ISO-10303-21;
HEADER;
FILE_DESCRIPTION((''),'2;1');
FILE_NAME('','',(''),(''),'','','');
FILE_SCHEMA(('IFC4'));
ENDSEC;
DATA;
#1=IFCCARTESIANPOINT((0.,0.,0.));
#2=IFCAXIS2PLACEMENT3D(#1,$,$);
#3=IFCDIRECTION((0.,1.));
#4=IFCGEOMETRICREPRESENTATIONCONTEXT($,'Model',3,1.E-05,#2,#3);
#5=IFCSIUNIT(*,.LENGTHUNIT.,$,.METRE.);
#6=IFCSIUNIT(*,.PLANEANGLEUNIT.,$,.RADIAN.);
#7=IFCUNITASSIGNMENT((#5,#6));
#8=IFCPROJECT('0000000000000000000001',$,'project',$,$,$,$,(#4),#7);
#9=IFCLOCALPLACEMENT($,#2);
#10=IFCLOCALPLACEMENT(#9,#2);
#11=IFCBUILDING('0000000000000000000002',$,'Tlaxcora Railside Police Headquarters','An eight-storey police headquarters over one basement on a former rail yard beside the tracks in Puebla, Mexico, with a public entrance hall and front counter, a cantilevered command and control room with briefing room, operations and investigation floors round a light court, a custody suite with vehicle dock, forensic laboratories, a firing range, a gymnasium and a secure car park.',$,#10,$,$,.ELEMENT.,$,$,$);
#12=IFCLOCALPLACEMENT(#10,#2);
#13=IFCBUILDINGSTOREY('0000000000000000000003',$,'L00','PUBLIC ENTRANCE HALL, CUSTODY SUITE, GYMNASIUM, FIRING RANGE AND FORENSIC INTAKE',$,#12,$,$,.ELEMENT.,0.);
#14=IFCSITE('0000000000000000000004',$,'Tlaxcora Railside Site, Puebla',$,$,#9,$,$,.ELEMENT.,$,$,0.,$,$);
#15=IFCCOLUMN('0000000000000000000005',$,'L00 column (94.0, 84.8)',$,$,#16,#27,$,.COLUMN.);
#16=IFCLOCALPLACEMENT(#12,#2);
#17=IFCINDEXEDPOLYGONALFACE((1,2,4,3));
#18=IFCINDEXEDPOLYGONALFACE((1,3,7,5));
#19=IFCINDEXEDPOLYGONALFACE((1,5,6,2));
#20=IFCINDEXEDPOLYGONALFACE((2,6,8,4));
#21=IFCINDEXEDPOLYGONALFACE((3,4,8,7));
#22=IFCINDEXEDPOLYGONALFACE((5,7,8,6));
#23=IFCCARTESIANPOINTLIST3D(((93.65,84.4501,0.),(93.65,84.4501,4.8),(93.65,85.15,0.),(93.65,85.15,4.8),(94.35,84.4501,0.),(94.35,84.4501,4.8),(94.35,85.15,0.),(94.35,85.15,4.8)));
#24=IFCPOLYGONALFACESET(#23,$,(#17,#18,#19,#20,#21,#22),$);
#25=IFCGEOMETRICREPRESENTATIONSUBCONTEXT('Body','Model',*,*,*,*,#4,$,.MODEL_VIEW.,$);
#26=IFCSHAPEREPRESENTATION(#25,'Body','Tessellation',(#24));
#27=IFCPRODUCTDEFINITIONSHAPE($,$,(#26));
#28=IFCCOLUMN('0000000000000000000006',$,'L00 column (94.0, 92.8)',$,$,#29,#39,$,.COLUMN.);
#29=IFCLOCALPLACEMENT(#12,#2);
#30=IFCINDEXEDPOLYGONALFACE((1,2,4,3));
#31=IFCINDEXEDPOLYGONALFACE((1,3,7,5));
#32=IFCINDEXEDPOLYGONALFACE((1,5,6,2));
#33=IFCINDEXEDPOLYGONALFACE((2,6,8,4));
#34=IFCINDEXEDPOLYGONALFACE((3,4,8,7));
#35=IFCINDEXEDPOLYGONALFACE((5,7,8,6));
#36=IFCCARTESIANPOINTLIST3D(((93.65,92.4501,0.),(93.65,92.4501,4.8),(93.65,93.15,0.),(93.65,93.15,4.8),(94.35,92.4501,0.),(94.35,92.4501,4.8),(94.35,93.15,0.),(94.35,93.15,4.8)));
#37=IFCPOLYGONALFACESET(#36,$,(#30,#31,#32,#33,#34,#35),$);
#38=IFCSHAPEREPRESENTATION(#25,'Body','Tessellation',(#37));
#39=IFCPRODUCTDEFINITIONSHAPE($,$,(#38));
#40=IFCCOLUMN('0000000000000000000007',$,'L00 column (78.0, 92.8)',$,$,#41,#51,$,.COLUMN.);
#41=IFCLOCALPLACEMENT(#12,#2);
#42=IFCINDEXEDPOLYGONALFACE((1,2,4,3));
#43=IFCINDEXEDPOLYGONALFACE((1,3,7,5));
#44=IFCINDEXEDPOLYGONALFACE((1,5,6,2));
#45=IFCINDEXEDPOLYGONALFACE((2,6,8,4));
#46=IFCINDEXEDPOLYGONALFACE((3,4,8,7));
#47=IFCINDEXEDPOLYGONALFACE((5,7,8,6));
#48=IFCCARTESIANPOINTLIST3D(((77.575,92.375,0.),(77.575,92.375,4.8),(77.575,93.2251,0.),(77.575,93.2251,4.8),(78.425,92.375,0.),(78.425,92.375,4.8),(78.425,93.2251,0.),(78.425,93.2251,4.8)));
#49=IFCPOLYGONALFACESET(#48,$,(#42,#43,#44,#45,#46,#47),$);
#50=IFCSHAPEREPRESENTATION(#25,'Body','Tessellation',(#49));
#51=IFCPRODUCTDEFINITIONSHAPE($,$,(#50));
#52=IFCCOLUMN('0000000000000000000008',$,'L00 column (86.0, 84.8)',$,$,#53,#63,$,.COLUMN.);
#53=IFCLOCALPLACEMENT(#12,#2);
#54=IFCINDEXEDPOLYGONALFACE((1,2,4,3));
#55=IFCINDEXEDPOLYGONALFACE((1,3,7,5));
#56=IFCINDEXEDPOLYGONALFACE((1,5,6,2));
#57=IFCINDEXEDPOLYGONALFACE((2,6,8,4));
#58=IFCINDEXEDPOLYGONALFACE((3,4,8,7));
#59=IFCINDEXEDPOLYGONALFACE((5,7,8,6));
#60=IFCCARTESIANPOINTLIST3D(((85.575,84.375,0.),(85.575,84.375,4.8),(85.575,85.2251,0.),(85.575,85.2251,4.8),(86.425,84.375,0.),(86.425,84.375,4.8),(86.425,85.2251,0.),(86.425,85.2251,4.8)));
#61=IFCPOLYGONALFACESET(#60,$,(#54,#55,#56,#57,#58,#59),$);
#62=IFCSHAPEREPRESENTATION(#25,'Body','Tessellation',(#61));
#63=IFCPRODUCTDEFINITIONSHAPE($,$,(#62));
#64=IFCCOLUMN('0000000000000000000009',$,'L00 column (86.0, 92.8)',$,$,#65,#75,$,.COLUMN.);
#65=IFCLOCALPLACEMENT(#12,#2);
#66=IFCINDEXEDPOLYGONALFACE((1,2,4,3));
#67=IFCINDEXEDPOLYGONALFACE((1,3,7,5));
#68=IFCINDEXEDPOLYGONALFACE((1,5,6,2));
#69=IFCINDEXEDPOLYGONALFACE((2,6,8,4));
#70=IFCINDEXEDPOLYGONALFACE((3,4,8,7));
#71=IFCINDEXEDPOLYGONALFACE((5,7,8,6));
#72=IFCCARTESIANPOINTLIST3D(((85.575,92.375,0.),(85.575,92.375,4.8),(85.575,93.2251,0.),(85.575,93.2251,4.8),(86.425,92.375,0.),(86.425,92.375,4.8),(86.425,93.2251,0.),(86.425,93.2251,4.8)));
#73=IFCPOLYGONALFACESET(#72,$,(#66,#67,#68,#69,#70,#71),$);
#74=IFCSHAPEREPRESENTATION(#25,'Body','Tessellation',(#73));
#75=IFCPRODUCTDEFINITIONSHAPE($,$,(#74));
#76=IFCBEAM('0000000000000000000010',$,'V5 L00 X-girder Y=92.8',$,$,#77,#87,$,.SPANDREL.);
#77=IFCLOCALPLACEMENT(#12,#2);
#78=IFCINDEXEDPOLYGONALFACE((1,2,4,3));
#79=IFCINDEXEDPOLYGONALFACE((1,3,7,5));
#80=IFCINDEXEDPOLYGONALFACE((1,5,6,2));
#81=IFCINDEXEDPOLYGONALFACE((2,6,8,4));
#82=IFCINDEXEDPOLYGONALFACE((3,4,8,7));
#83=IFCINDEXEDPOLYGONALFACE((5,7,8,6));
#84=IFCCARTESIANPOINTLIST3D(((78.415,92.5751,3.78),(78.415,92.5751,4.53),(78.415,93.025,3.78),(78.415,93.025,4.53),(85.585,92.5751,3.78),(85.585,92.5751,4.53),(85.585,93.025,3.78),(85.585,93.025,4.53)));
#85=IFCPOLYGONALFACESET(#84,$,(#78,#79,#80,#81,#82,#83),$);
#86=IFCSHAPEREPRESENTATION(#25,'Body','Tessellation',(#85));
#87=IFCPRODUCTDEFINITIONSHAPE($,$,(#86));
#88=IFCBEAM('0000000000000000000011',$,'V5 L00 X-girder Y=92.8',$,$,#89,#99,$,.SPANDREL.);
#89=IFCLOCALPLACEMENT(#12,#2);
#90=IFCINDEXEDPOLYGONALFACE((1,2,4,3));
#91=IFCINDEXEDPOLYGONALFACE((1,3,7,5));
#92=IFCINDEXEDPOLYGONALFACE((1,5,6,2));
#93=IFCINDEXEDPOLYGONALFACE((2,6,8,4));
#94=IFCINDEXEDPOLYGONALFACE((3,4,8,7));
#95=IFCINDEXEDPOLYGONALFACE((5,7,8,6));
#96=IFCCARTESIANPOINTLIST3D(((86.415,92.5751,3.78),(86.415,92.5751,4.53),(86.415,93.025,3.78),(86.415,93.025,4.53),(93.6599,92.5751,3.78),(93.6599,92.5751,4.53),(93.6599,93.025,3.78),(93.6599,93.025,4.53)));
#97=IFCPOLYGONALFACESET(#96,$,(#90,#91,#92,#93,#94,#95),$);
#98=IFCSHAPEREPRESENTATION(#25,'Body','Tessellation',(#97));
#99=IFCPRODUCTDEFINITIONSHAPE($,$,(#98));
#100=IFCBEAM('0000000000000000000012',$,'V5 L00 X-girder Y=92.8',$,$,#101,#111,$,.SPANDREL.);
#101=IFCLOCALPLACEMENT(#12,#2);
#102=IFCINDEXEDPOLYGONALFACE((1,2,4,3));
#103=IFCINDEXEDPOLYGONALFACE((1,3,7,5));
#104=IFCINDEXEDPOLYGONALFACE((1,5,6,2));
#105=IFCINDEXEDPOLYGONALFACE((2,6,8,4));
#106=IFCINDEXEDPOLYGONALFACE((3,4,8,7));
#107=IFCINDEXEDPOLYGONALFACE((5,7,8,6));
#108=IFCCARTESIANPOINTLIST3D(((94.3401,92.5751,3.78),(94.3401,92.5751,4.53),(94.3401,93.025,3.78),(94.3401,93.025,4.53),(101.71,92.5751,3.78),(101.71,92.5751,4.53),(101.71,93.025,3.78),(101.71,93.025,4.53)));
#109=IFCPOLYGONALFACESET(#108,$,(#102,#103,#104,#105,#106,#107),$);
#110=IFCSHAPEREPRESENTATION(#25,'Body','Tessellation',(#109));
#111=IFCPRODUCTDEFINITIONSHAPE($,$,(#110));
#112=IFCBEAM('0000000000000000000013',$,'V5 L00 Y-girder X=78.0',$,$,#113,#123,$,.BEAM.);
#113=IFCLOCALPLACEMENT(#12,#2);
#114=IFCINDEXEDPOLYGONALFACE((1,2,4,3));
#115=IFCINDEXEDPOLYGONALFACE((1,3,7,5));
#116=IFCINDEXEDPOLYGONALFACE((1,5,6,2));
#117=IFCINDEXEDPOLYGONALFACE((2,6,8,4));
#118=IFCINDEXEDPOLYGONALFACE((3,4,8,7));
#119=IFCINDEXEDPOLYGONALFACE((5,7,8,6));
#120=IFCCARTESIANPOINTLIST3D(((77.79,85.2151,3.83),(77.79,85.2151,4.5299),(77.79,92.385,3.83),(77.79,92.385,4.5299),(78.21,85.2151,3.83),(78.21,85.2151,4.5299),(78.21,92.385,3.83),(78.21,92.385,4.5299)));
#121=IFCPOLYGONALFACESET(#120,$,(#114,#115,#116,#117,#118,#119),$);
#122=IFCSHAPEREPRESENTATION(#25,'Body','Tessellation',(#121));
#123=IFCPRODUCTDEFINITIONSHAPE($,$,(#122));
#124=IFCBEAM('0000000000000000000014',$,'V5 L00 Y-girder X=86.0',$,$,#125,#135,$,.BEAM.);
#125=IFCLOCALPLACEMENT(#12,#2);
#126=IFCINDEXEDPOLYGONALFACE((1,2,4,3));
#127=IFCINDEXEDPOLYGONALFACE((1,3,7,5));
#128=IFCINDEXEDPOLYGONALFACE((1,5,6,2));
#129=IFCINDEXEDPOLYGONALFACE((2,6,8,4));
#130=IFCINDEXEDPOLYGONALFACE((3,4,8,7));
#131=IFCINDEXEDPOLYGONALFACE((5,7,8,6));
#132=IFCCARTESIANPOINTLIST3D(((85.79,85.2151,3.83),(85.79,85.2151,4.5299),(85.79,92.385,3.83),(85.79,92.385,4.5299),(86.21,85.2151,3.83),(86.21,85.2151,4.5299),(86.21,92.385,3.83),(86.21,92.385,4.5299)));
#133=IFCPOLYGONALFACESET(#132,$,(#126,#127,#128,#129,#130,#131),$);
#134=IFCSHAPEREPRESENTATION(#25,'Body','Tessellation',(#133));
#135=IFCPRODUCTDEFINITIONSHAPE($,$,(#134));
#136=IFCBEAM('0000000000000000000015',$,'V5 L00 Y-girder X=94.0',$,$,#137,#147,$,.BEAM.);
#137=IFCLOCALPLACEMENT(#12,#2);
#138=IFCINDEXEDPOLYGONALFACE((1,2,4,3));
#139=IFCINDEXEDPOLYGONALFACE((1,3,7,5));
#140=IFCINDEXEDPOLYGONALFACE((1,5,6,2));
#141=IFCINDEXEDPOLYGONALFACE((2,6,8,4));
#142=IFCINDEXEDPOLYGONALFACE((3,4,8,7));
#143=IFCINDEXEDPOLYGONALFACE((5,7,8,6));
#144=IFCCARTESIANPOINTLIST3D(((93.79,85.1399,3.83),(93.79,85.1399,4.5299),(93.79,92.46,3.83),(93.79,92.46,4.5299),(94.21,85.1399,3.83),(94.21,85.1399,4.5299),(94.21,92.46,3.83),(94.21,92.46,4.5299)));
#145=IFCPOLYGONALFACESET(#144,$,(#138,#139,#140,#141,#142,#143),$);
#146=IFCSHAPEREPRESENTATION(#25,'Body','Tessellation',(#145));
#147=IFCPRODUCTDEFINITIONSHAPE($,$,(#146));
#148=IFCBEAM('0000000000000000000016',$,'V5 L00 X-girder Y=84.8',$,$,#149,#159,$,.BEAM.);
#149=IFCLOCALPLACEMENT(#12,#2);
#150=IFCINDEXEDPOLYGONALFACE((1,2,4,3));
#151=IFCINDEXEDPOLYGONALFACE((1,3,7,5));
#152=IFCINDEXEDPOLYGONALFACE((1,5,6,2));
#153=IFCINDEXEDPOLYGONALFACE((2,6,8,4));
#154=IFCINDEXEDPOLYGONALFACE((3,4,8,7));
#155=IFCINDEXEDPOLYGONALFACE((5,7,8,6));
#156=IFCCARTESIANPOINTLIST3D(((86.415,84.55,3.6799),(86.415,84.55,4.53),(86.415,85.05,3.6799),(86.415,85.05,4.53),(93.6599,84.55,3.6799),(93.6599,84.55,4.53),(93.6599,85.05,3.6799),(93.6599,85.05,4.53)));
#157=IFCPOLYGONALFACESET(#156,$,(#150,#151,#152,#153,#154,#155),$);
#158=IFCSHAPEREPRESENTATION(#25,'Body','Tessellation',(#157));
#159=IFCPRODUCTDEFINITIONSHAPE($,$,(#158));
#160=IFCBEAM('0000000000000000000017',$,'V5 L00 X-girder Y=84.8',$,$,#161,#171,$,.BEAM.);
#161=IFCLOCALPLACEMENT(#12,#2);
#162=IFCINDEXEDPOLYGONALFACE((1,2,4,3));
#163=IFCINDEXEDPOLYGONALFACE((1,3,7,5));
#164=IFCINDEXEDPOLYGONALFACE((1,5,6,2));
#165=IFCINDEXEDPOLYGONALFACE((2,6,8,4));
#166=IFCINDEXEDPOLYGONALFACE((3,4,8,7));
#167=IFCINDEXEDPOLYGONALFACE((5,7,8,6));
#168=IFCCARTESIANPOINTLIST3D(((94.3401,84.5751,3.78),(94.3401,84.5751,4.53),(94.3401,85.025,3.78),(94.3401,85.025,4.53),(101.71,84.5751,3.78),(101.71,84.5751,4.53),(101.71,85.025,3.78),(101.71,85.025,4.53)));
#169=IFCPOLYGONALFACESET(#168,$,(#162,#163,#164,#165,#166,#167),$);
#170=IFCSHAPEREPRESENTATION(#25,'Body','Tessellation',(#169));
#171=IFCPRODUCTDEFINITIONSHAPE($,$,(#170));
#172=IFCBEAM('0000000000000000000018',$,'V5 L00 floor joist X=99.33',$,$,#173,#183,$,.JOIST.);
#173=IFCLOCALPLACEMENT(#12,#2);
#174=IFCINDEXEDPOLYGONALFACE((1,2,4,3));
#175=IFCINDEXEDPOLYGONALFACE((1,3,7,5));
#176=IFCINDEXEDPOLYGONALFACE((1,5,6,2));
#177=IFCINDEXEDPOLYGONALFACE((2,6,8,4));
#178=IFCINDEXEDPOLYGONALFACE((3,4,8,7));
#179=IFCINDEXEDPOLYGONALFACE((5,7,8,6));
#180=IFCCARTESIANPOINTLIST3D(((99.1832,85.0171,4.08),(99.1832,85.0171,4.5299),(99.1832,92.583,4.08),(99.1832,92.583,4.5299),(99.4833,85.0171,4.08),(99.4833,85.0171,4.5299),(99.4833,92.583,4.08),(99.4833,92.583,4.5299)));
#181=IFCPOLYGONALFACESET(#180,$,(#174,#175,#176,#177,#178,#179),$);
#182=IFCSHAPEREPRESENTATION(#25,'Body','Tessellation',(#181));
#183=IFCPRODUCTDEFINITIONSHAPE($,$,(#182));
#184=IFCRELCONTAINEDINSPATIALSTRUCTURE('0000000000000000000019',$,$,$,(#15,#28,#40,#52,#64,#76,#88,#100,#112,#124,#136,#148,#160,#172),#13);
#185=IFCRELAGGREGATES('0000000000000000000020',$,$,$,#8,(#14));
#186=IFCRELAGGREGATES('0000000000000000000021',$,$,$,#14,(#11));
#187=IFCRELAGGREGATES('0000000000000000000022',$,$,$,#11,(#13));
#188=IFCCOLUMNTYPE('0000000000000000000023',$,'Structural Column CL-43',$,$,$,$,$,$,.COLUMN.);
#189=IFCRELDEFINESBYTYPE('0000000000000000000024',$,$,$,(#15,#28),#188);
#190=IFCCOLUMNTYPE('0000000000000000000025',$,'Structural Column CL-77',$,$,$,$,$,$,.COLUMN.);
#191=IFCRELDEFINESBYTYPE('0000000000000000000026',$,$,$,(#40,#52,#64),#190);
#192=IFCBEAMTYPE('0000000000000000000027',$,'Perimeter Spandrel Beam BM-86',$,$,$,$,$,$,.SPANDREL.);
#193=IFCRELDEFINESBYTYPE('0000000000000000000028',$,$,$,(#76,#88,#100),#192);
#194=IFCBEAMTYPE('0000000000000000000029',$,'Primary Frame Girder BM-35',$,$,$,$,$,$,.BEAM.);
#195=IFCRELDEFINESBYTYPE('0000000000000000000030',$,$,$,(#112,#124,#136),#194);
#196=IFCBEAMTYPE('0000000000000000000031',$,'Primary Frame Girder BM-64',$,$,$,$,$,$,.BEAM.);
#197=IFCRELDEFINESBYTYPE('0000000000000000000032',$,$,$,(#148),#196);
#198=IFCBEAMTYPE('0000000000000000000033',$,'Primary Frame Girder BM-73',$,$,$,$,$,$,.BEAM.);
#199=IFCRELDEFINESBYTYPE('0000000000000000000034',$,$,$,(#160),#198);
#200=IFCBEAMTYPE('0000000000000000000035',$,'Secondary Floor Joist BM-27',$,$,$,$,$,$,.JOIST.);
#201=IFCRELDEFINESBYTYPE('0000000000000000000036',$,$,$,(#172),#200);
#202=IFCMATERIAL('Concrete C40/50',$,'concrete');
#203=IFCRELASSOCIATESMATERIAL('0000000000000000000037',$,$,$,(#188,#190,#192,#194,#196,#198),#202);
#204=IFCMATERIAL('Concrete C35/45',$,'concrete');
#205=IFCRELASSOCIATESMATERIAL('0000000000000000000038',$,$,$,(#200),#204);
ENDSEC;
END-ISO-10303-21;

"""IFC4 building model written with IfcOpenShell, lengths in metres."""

from ifc_helpers import new_model, si_unit, direction, frame, origin, origin_2d, place, context, subcontext, project, spatial, rectangle, extrude, material, material_profile, profile_set, type_object, element, save


model = new_model("IFC4")

# Units and contexts
model_context = context("Model", 3, precision=1e-05, world=origin(), true_north=direction((0.0, 1.0)))
body_context = subcontext(model_context, "Body", "Model", "MODEL_VIEW")
ifc_project = project(units=[si_unit("LENGTHUNIT", "METRE"), si_unit("PLANEANGLEUNIT", "RADIAN")], contexts=[model_context])

# Site, building, storey
site_placement = place(None, origin())
site = spatial("IfcSite", under=ifc_project, at=site_placement, Name="Tlaxcora Railside Site, Puebla", CompositionType="ELEMENT", RefElevation=0.0)
building_placement = place(site_placement, origin())
building = spatial("IfcBuilding", under=site, at=building_placement, Name="Tlaxcora Railside Police Headquarters", Description="An eight-storey police headquarters over one basement on a former rail yard beside the tracks in Puebla, Mexico, with a public entrance hall and front counter, a cantilevered command and control room with briefing room, operations and investigation floors round a light court, a custody suite with vehicle dock, forensic laboratories, a firing range, a gymnasium and a secure car park.", CompositionType="ELEMENT")
storey_placement = place(building_placement, origin())
storey = spatial("IfcBuildingStorey", under=building, at=storey_placement, Name="L00", Description="PUBLIC ENTRANCE HALL, CUSTODY SUITE, GYMNASIUM, FIRING RANGE AND FORENSIC INTAKE", CompositionType="ELEMENT", Elevation=0.0)

# Columns
ifc_material_1 = material(Name="Concrete C40/50", Category="concrete")
ifc_material_profile_1 = material_profile(ifc_material_1, rectangle(XDim=0.7, YDim=0.7, at=origin_2d()), Name="RC700X700")
ifc_profile_set_1 = profile_set([ifc_material_profile_1], Name="Concrete C40/50")
column_type_1 = type_object("IfcColumnType", Name="Structural Column CL-43", PredefinedType="COLUMN", material=ifc_profile_set_1)
for number, where, z_axis, x_axis, name in (
    (1, (94.0, 84.8, 0.0), (0.0, 0.0, 1.0), (1.0, 0.0, 0.0), "L00 column (94.0, 84.8)"),
    (2, (94.0, 92.8, 0.0), (0.0, 0.0, 1.0), (1.0, 0.0, 0.0), "L00 column (94.0, 92.8)"),
):
    element("IfcColumn", number, at=place(storey_placement, frame(where, z_axis=z_axis, x_axis=x_axis)), inside=storey, type_object=column_type_1, Name=name, PredefinedType="COLUMN", context=body_context, shape_type="SweptSolid", body=[
        extrude(rectangle(XDim=0.7, YDim=0.7, at=origin_2d()), origin(), (0.0, 0.0, 1.0), 4.8),
    ])
ifc_material_profile_2 = material_profile(ifc_material_1, rectangle(XDim=0.8501, YDim=0.8501, at=origin_2d()), Name="RC850X850")
ifc_profile_set_2 = profile_set([ifc_material_profile_2], Name="Concrete C40/50")
column_type_2 = type_object("IfcColumnType", Name="Structural Column CL-77", PredefinedType="COLUMN", material=ifc_profile_set_2)
for number, where, z_axis, x_axis, name in (
    (3, (78.0, 92.8, 0.0), (0.0, 0.0, 1.0), (1.0, 0.0, 0.0), "L00 column (78.0, 92.8)"),
    (4, (86.0, 84.8, 0.0), (0.0, 0.0, 1.0), (1.0, 0.0, 0.0), "L00 column (86.0, 84.8)"),
    (5, (86.0, 92.8, 0.0), (0.0, 0.0, 1.0), (1.0, 0.0, 0.0), "L00 column (86.0, 92.8)"),
):
    element("IfcColumn", number, at=place(storey_placement, frame(where, z_axis=z_axis, x_axis=x_axis)), inside=storey, type_object=column_type_2, Name=name, PredefinedType="COLUMN", context=body_context, shape_type="SweptSolid", body=[
        extrude(rectangle(XDim=0.8501, YDim=0.8501, at=origin_2d()), origin(), (0.0, 0.0, 1.0), 4.8),
    ])

# Beams
ifc_material_profile_3 = material_profile(ifc_material_1, rectangle(XDim=0.45, YDim=0.75, at=origin_2d()), Name="RC450X750")
ifc_profile_set_3 = profile_set([ifc_material_profile_3], Name="Concrete C40/50")
beam_type_1 = type_object("IfcBeamType", Name="Perimeter Spandrel Beam BM-86", PredefinedType="SPANDREL", material=ifc_profile_set_3)
beam_1_placement = place(storey_placement, frame((78.415, 92.8, 4.155), z_axis=(1.0, 0.0, 0.0), x_axis=(0.0, 1.0, 0.0)))
element("IfcBeam", 6, at=beam_1_placement, inside=storey, type_object=beam_type_1, Name="V5 L00 X-girder Y=92.8", PredefinedType="SPANDREL", context=body_context, shape_type="SweptSolid", body=[
    extrude(rectangle(XDim=0.45, YDim=0.75, at=origin_2d()), origin(), (0.0, 0.0, 1.0), 7.1699),
])
beam_2_placement = place(storey_placement, frame((86.415, 92.8, 4.155), z_axis=(1.0, 0.0, 0.0), x_axis=(0.0, 1.0, 0.0)))
element("IfcBeam", 7, at=beam_2_placement, inside=storey, type_object=beam_type_1, Name="V5 L00 X-girder Y=92.8", PredefinedType="SPANDREL", context=body_context, shape_type="SweptSolid", body=[
    extrude(rectangle(XDim=0.45, YDim=0.75, at=origin_2d()), origin(), (0.0, 0.0, 1.0), 7.2449),
])
beam_3_placement = place(storey_placement, frame((94.3401, 92.8, 4.155), z_axis=(1.0, 0.0, 0.0), x_axis=(0.0, 1.0, 0.0)))
element("IfcBeam", 8, at=beam_3_placement, inside=storey, type_object=beam_type_1, Name="V5 L00 X-girder Y=92.8", PredefinedType="SPANDREL", context=body_context, shape_type="SweptSolid", body=[
    extrude(rectangle(XDim=0.45, YDim=0.75, at=origin_2d()), origin(), (0.0, 0.0, 1.0), 7.3699),
])
ifc_material_profile_4 = material_profile(ifc_material_1, rectangle(XDim=0.4199, YDim=0.7, at=origin_2d()), Name="RC420X700")
ifc_profile_set_4 = profile_set([ifc_material_profile_4], Name="Concrete C40/50")
beam_type_2 = type_object("IfcBeamType", Name="Primary Frame Girder BM-35", PredefinedType="BEAM", material=ifc_profile_set_4)
for number, where, z_axis, x_axis, name in (
    (9, (78.0, 85.2151, 4.1799), (0.0, 1.0, 0.0), (-1.0, 0.0, 0.0), "V5 L00 Y-girder X=78.0"),
    (10, (86.0, 85.2151, 4.1799), (0.0, 1.0, 0.0), (-1.0, 0.0, 0.0), "V5 L00 Y-girder X=86.0"),
):
    element("IfcBeam", number, at=place(storey_placement, frame(where, z_axis=z_axis, x_axis=x_axis)), inside=storey, type_object=beam_type_2, Name=name, PredefinedType="BEAM", context=body_context, shape_type="SweptSolid", body=[
        extrude(rectangle(XDim=0.4199, YDim=0.7, at=origin_2d()), origin(), (0.0, 0.0, 1.0), 7.1699),
    ])
beam_4_placement = place(storey_placement, frame((94.0, 85.1399, 4.1799), z_axis=(0.0, 1.0, 0.0), x_axis=(-1.0, 0.0, 0.0)))
element("IfcBeam", 11, at=beam_4_placement, inside=storey, type_object=beam_type_2, Name="V5 L00 Y-girder X=94.0", PredefinedType="BEAM", context=body_context, shape_type="SweptSolid", body=[
    extrude(rectangle(XDim=0.4199, YDim=0.7, at=origin_2d()), origin(), (0.0, 0.0, 1.0), 7.3201),
])
ifc_material_profile_5 = material_profile(ifc_material_1, rectangle(XDim=0.5, YDim=0.8501, at=origin_2d()), Name="RC500X850")
ifc_profile_set_5 = profile_set([ifc_material_profile_5], Name="Concrete C40/50")
beam_type_3 = type_object("IfcBeamType", Name="Primary Frame Girder BM-64", PredefinedType="BEAM", material=ifc_profile_set_5)
beam_5_placement = place(storey_placement, frame((86.415, 84.8, 4.105), z_axis=(1.0, 0.0, 0.0), x_axis=(0.0, 1.0, 0.0)))
element("IfcBeam", 12, at=beam_5_placement, inside=storey, type_object=beam_type_3, Name="V5 L00 X-girder Y=84.8", PredefinedType="BEAM", context=body_context, shape_type="SweptSolid", body=[
    extrude(rectangle(XDim=0.5, YDim=0.8501, at=origin_2d()), origin(), (0.0, 0.0, 1.0), 7.2449),
])
ifc_material_profile_6 = material_profile(ifc_material_1, rectangle(XDim=0.45, YDim=0.75, at=origin_2d()), Name="RC450X750")
ifc_profile_set_6 = profile_set([ifc_material_profile_6], Name="Concrete C40/50")
beam_type_4 = type_object("IfcBeamType", Name="Primary Frame Girder BM-73", PredefinedType="BEAM", material=ifc_profile_set_6)
beam_6_placement = place(storey_placement, frame((94.3401, 84.8, 4.155), z_axis=(1.0, 0.0, 0.0), x_axis=(0.0, 1.0, 0.0)))
element("IfcBeam", 13, at=beam_6_placement, inside=storey, type_object=beam_type_4, Name="V5 L00 X-girder Y=84.8", PredefinedType="BEAM", context=body_context, shape_type="SweptSolid", body=[
    extrude(rectangle(XDim=0.45, YDim=0.75, at=origin_2d()), origin(), (0.0, 0.0, 1.0), 7.3699),
])
ifc_material_2 = material(Name="Concrete C35/45", Category="concrete")
ifc_material_profile_7 = material_profile(ifc_material_2, rectangle(XDim=0.3, YDim=0.45, at=origin_2d()), Name="RC300X450")
ifc_profile_set_7 = profile_set([ifc_material_profile_7], Name="Concrete C35/45")
beam_type_5 = type_object("IfcBeamType", Name="Secondary Floor Joist BM-27", PredefinedType="JOIST", material=ifc_profile_set_7)
beam_7_placement = place(storey_placement, frame((99.3333, 85.0171, 4.3049), z_axis=(0.0, 1.0, 0.0), x_axis=(-1.0, 0.0, 0.0)))
element("IfcBeam", 14, at=beam_7_placement, inside=storey, type_object=beam_type_5, Name="V5 L00 floor joist X=99.33", PredefinedType="JOIST", context=body_context, shape_type="SweptSolid", body=[
    extrude(rectangle(XDim=0.3, YDim=0.45, at=origin_2d()), origin(), (0.0, 0.0, 1.0), 7.5659),
])

save(model, "model.ifc")
